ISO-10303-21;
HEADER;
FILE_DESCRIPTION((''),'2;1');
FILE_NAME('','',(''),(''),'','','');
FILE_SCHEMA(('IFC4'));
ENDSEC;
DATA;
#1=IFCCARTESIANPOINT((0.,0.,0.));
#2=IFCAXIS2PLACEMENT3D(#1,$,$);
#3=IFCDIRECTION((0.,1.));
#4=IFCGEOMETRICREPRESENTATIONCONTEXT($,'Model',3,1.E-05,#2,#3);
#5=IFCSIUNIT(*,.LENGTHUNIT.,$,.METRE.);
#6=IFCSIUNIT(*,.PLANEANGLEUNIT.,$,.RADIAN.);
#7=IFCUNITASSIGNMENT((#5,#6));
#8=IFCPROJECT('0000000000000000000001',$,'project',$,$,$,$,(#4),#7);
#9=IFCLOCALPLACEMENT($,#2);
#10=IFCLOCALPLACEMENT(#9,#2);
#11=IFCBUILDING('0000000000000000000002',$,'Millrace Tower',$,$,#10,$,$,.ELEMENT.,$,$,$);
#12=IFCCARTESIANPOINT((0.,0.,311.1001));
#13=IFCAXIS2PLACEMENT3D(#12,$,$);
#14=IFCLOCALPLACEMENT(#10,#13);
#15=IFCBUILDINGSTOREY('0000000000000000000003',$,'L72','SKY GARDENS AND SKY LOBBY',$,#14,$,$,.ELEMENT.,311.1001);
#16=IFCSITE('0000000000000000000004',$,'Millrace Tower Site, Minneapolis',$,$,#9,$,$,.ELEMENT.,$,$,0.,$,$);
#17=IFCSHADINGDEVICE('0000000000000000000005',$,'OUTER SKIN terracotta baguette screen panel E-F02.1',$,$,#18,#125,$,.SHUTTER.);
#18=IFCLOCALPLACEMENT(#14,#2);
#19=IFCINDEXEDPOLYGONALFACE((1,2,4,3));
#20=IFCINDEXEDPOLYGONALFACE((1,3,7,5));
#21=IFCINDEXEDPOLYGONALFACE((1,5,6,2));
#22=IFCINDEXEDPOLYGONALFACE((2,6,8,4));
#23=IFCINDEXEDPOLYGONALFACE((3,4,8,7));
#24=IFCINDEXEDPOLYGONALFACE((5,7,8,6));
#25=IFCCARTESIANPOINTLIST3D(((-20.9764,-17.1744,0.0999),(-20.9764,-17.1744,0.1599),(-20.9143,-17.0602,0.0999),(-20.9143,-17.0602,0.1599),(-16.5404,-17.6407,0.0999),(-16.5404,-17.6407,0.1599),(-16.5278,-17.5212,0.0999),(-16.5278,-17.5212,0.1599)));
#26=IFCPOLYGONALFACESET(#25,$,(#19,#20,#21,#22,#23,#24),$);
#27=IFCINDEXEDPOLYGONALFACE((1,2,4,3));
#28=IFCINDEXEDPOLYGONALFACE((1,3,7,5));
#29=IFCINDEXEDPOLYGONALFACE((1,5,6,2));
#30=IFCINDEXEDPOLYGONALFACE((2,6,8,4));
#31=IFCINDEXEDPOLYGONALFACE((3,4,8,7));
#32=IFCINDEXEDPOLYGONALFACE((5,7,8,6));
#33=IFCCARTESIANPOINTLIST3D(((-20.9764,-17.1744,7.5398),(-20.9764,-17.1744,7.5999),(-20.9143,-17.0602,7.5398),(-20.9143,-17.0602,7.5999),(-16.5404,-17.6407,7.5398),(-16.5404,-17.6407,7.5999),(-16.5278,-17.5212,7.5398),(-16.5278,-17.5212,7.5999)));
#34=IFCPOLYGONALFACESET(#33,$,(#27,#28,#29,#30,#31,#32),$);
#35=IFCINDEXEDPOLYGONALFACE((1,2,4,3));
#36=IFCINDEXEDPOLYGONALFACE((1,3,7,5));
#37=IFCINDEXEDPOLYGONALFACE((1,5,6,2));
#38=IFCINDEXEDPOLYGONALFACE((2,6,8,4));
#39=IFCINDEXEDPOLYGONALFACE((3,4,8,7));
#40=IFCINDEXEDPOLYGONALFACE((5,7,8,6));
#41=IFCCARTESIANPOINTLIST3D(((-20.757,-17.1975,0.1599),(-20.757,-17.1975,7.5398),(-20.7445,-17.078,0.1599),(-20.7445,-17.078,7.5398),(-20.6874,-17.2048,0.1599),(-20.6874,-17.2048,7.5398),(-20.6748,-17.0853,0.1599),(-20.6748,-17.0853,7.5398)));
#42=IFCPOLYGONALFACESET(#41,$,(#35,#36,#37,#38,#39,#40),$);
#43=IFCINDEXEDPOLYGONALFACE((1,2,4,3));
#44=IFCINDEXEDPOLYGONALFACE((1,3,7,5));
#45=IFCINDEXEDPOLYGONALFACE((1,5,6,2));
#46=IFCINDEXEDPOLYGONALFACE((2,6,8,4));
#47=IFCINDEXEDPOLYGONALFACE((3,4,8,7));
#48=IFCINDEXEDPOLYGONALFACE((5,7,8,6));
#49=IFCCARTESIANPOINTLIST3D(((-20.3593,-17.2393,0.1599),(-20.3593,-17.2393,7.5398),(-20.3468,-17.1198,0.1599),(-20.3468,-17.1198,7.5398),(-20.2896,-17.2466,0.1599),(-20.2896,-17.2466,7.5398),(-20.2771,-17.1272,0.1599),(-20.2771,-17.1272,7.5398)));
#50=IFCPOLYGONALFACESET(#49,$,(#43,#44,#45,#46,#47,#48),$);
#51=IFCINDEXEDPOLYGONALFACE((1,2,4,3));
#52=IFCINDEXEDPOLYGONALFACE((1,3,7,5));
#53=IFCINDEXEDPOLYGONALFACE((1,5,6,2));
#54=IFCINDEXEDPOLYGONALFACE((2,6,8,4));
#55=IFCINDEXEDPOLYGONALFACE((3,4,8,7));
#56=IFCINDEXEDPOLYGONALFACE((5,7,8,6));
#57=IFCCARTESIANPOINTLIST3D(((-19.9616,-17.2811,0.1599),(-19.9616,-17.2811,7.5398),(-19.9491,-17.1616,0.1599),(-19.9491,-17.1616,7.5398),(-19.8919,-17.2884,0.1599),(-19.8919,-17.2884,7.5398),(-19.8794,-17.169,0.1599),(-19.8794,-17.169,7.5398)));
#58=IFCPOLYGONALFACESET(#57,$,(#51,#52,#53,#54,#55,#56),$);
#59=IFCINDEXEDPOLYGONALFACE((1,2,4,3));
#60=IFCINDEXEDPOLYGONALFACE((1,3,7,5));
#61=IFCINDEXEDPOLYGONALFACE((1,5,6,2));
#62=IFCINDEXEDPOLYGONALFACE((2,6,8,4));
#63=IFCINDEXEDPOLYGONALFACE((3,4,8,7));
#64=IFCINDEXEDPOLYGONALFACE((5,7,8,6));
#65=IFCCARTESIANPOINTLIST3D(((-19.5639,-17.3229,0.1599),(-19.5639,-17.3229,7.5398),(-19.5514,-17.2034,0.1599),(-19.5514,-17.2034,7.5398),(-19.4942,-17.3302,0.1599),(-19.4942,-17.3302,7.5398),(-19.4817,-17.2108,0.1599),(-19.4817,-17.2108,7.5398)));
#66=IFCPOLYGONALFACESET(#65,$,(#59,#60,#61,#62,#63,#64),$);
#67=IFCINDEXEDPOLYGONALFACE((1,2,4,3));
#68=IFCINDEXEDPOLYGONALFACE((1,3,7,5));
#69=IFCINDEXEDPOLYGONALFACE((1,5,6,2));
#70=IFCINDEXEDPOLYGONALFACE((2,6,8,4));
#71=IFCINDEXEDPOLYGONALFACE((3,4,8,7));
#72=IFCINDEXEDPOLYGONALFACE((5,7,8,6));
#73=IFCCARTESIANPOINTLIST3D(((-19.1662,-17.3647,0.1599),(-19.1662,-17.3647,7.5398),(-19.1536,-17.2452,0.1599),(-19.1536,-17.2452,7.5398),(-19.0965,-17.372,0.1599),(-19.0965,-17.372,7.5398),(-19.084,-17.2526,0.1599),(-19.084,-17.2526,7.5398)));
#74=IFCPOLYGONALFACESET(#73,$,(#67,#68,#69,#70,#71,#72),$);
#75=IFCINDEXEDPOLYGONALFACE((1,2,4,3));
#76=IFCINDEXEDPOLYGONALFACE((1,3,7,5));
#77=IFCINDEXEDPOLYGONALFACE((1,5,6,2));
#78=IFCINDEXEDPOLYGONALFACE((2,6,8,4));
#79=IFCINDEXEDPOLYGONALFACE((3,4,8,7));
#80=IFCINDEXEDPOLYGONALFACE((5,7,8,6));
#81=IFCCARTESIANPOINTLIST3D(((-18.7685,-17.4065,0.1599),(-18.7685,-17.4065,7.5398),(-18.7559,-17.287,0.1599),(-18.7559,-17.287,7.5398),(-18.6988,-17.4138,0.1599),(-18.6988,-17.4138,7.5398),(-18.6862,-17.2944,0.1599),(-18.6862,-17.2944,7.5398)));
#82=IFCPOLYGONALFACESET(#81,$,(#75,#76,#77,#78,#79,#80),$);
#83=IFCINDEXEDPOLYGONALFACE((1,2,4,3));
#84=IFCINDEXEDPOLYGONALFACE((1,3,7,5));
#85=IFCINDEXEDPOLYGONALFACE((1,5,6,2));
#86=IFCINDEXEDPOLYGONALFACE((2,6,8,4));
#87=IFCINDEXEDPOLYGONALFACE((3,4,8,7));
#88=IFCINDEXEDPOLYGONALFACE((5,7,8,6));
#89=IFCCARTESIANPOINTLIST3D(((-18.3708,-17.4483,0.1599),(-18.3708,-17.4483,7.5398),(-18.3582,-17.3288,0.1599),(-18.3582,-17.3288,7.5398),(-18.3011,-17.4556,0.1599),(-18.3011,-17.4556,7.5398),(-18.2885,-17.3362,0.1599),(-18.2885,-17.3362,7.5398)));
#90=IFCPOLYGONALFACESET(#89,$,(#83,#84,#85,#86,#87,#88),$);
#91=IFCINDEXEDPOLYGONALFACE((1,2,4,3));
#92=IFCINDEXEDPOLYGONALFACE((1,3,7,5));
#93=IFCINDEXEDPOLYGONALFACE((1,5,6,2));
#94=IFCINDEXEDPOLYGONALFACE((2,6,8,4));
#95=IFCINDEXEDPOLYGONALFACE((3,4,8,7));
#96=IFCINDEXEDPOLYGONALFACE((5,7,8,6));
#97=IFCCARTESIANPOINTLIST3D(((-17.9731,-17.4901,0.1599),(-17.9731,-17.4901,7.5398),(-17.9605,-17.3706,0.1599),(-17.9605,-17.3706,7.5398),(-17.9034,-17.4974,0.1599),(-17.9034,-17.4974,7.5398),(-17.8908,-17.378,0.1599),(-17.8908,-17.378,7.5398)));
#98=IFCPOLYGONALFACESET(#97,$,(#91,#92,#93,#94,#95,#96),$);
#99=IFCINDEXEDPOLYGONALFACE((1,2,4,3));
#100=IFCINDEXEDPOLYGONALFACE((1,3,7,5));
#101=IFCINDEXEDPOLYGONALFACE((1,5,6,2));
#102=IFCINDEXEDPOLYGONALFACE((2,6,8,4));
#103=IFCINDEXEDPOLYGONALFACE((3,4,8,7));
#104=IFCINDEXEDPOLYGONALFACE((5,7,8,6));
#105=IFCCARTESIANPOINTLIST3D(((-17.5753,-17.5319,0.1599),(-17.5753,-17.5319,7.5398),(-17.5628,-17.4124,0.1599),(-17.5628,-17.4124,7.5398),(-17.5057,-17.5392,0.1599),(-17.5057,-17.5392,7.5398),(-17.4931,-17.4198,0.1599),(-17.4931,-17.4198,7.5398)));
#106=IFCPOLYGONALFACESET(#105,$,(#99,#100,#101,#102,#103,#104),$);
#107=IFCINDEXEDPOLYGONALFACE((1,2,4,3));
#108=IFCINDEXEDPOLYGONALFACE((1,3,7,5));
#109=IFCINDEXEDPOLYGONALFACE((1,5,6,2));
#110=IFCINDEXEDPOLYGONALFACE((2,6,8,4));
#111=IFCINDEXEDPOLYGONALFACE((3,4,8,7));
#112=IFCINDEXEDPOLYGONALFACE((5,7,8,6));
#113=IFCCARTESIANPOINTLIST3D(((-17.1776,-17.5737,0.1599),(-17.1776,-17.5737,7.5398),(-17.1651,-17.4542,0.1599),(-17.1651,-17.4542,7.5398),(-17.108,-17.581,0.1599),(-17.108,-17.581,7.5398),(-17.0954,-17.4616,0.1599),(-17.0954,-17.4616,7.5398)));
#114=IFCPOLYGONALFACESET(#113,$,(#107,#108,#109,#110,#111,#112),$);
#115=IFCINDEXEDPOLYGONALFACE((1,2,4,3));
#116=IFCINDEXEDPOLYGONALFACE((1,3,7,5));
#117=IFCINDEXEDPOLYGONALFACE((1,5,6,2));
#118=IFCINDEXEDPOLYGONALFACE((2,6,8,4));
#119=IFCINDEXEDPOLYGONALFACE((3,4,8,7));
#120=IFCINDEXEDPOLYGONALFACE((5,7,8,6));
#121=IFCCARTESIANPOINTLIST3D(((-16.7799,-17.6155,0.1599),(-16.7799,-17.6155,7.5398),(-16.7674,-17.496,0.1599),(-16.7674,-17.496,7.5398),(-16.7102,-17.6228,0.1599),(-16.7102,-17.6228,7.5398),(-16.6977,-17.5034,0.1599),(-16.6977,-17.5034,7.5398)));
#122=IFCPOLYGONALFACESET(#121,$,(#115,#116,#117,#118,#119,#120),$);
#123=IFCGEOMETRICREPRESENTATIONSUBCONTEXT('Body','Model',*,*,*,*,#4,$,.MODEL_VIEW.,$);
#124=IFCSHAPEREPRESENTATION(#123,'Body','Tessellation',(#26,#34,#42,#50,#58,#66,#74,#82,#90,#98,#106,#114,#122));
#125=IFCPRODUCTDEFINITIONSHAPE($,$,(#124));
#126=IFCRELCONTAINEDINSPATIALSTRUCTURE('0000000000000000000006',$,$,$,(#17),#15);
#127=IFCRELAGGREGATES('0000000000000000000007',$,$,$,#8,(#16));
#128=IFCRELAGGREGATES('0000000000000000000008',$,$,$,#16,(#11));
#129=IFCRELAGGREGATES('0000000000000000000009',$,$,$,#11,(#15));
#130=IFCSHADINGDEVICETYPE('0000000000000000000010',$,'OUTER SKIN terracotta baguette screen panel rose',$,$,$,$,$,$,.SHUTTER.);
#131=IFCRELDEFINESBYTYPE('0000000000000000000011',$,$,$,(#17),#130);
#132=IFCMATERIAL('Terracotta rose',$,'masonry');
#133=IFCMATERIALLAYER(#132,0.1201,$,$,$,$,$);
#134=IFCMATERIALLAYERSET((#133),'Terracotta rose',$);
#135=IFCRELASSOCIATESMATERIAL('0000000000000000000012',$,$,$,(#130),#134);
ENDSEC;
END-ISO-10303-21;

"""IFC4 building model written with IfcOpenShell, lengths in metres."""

from ifc_helpers import new_model, entity, si_unit, direction, frame, frame_2d, origin, place, context, subcontext, project, spatial, rectangle, extrude, source, transform, mapped, material, layer, layer_set, type_object, element, save


model = new_model("IFC4")

# Units and contexts
model_context = context("Model", 3, precision=1e-05, world=origin(), true_north=direction((0.0, 1.0)))
body_context = subcontext(model_context, "Body", "Model", "MODEL_VIEW")
ifc_project = project(units=[si_unit("LENGTHUNIT", "METRE"), si_unit("PLANEANGLEUNIT", "RADIAN")], contexts=[model_context])

# Site, building, storey
site_placement = place(None, origin())
site = spatial("IfcSite", under=ifc_project, at=site_placement, Name="Millrace Tower Site, Minneapolis", CompositionType="ELEMENT", RefElevation=0.0)
building_placement = place(site_placement, origin())
building = spatial("IfcBuilding", under=site, at=building_placement, Name="Millrace Tower", CompositionType="ELEMENT")
storey_placement = place(building_placement, frame((0.0, 0.0, 311.1001)))
storey = spatial("IfcBuildingStorey", under=building, at=storey_placement, Name="L72", Description="SKY GARDENS AND SKY LOBBY", CompositionType="ELEMENT", Elevation=311.1001)

# Shading device
ifc_material_1 = material(Name="Terracotta rose", Category="masonry")
ifc_layer_1 = layer(ifc_material_1, 0.1201)
ifc_layer_set_1 = layer_set([ifc_layer_1], Name="Terracotta rose")
shading_device_type = type_object("IfcShadingDeviceType", Name="OUTER SKIN terracotta baguette screen panel rose", PredefinedType="SHUTTER", material=ifc_layer_set_1)
cartesian_point_1 = entity("IfcCartesianPoint", [-2.1929, 0.0601])
shared_polyline_1 = entity("IfcPolyline", [cartesian_point_1, entity("IfcCartesianPoint", [2.2178, 0.0601]), entity("IfcCartesianPoint", [2.2178, -0.0601]), entity("IfcCartesianPoint", [-2.2427, -0.0601]), cartesian_point_1])
shared_shape_1 = source(origin(), body_context, "Body", "SweptSolid", [
    entity("IfcExtrudedAreaSolid", entity("IfcArbitraryClosedProfileDef", "AREA", None, shared_polyline_1), entity("IfcAxis2Placement3D", entity("IfcCartesianPoint", [0.0, 0.0, 0.0])), entity("IfcDirection", [0.0, 0.0, 1.0]), 0.0601),
    entity("IfcExtrudedAreaSolid", entity("IfcArbitraryClosedProfileDef", "AREA", None, shared_polyline_1), entity("IfcAxis2Placement3D", entity("IfcCartesianPoint", [0.0, 0.0, 7.4399])), entity("IfcDirection", [0.0, 0.0, 1.0]), 0.0601),
    extrude(rectangle(XDim=0.0701, YDim=0.1201, at=frame_2d((-1.9871, 0.0))), frame((0.0, 0.0, 0.0601)), (0.0, 0.0, 1.0), 7.3799),
    extrude(rectangle(XDim=0.0701, YDim=0.1201, at=frame_2d((-1.5872, 0.0))), frame((0.0, 0.0, 0.0601)), (0.0, 0.0, 1.0), 7.3799),
    extrude(rectangle(XDim=0.0701, YDim=0.1201, at=frame_2d((-1.1873, 0.0))), frame((0.0, 0.0, 0.0601)), (0.0, 0.0, 1.0), 7.3799),
    extrude(rectangle(XDim=0.0701, YDim=0.1201, at=frame_2d((-0.7874, 0.0))), frame((0.0, 0.0, 0.0601)), (0.0, 0.0, 1.0), 7.3799),
    extrude(rectangle(XDim=0.0701, YDim=0.1201, at=frame_2d((-0.3875, 0.0))), frame((0.0, 0.0, 0.0601)), (0.0, 0.0, 1.0), 7.3799),
    extrude(rectangle(XDim=0.0701, YDim=0.1201, at=frame_2d((0.0125, 0.0))), frame((0.0, 0.0, 0.0601)), (0.0, 0.0, 1.0), 7.3799),
    extrude(rectangle(XDim=0.0701, YDim=0.1201, at=frame_2d((0.4124, 0.0))), frame((0.0, 0.0, 0.0601)), (0.0, 0.0, 1.0), 7.3799),
    extrude(rectangle(XDim=0.0701, YDim=0.1201, at=frame_2d((0.8123, 0.0))), frame((0.0, 0.0, 0.0601)), (0.0, 0.0, 1.0), 7.3799),
    extrude(rectangle(XDim=0.0701, YDim=0.1201, at=frame_2d((1.2122, 0.0))), frame((0.0, 0.0, 0.0601)), (0.0, 0.0, 1.0), 7.3799),
    extrude(rectangle(XDim=0.0701, YDim=0.1201, at=frame_2d((1.6121, 0.0))), frame((0.0, 0.0, 0.0601)), (0.0, 0.0, 1.0), 7.3799),
    extrude(rectangle(XDim=0.0701, YDim=0.1201, at=frame_2d((2.012, 0.0))), frame((0.0, 0.0, 0.0601)), (0.0, 0.0, 1.0), 7.3799),
])
shading_device_1_placement = place(storey_placement, frame((-18.7397, -17.3491, 0.0999), z_axis=(0.0, 0.0, 1.0), x_axis=(0.994522, -0.104528, 0.0)))
element("IfcShadingDevice", 1, at=shading_device_1_placement, inside=storey, type_object=shading_device_type, Name="OUTER SKIN terracotta baguette screen panel E-F02.1", PredefinedType="SHUTTER", context=body_context, shape_type="MappedRepresentation", body=[
    mapped(shared_shape_1, transform((0.0, 0.0, 0.0), scale=1.0)),
])

save(model, "model.ifc")
